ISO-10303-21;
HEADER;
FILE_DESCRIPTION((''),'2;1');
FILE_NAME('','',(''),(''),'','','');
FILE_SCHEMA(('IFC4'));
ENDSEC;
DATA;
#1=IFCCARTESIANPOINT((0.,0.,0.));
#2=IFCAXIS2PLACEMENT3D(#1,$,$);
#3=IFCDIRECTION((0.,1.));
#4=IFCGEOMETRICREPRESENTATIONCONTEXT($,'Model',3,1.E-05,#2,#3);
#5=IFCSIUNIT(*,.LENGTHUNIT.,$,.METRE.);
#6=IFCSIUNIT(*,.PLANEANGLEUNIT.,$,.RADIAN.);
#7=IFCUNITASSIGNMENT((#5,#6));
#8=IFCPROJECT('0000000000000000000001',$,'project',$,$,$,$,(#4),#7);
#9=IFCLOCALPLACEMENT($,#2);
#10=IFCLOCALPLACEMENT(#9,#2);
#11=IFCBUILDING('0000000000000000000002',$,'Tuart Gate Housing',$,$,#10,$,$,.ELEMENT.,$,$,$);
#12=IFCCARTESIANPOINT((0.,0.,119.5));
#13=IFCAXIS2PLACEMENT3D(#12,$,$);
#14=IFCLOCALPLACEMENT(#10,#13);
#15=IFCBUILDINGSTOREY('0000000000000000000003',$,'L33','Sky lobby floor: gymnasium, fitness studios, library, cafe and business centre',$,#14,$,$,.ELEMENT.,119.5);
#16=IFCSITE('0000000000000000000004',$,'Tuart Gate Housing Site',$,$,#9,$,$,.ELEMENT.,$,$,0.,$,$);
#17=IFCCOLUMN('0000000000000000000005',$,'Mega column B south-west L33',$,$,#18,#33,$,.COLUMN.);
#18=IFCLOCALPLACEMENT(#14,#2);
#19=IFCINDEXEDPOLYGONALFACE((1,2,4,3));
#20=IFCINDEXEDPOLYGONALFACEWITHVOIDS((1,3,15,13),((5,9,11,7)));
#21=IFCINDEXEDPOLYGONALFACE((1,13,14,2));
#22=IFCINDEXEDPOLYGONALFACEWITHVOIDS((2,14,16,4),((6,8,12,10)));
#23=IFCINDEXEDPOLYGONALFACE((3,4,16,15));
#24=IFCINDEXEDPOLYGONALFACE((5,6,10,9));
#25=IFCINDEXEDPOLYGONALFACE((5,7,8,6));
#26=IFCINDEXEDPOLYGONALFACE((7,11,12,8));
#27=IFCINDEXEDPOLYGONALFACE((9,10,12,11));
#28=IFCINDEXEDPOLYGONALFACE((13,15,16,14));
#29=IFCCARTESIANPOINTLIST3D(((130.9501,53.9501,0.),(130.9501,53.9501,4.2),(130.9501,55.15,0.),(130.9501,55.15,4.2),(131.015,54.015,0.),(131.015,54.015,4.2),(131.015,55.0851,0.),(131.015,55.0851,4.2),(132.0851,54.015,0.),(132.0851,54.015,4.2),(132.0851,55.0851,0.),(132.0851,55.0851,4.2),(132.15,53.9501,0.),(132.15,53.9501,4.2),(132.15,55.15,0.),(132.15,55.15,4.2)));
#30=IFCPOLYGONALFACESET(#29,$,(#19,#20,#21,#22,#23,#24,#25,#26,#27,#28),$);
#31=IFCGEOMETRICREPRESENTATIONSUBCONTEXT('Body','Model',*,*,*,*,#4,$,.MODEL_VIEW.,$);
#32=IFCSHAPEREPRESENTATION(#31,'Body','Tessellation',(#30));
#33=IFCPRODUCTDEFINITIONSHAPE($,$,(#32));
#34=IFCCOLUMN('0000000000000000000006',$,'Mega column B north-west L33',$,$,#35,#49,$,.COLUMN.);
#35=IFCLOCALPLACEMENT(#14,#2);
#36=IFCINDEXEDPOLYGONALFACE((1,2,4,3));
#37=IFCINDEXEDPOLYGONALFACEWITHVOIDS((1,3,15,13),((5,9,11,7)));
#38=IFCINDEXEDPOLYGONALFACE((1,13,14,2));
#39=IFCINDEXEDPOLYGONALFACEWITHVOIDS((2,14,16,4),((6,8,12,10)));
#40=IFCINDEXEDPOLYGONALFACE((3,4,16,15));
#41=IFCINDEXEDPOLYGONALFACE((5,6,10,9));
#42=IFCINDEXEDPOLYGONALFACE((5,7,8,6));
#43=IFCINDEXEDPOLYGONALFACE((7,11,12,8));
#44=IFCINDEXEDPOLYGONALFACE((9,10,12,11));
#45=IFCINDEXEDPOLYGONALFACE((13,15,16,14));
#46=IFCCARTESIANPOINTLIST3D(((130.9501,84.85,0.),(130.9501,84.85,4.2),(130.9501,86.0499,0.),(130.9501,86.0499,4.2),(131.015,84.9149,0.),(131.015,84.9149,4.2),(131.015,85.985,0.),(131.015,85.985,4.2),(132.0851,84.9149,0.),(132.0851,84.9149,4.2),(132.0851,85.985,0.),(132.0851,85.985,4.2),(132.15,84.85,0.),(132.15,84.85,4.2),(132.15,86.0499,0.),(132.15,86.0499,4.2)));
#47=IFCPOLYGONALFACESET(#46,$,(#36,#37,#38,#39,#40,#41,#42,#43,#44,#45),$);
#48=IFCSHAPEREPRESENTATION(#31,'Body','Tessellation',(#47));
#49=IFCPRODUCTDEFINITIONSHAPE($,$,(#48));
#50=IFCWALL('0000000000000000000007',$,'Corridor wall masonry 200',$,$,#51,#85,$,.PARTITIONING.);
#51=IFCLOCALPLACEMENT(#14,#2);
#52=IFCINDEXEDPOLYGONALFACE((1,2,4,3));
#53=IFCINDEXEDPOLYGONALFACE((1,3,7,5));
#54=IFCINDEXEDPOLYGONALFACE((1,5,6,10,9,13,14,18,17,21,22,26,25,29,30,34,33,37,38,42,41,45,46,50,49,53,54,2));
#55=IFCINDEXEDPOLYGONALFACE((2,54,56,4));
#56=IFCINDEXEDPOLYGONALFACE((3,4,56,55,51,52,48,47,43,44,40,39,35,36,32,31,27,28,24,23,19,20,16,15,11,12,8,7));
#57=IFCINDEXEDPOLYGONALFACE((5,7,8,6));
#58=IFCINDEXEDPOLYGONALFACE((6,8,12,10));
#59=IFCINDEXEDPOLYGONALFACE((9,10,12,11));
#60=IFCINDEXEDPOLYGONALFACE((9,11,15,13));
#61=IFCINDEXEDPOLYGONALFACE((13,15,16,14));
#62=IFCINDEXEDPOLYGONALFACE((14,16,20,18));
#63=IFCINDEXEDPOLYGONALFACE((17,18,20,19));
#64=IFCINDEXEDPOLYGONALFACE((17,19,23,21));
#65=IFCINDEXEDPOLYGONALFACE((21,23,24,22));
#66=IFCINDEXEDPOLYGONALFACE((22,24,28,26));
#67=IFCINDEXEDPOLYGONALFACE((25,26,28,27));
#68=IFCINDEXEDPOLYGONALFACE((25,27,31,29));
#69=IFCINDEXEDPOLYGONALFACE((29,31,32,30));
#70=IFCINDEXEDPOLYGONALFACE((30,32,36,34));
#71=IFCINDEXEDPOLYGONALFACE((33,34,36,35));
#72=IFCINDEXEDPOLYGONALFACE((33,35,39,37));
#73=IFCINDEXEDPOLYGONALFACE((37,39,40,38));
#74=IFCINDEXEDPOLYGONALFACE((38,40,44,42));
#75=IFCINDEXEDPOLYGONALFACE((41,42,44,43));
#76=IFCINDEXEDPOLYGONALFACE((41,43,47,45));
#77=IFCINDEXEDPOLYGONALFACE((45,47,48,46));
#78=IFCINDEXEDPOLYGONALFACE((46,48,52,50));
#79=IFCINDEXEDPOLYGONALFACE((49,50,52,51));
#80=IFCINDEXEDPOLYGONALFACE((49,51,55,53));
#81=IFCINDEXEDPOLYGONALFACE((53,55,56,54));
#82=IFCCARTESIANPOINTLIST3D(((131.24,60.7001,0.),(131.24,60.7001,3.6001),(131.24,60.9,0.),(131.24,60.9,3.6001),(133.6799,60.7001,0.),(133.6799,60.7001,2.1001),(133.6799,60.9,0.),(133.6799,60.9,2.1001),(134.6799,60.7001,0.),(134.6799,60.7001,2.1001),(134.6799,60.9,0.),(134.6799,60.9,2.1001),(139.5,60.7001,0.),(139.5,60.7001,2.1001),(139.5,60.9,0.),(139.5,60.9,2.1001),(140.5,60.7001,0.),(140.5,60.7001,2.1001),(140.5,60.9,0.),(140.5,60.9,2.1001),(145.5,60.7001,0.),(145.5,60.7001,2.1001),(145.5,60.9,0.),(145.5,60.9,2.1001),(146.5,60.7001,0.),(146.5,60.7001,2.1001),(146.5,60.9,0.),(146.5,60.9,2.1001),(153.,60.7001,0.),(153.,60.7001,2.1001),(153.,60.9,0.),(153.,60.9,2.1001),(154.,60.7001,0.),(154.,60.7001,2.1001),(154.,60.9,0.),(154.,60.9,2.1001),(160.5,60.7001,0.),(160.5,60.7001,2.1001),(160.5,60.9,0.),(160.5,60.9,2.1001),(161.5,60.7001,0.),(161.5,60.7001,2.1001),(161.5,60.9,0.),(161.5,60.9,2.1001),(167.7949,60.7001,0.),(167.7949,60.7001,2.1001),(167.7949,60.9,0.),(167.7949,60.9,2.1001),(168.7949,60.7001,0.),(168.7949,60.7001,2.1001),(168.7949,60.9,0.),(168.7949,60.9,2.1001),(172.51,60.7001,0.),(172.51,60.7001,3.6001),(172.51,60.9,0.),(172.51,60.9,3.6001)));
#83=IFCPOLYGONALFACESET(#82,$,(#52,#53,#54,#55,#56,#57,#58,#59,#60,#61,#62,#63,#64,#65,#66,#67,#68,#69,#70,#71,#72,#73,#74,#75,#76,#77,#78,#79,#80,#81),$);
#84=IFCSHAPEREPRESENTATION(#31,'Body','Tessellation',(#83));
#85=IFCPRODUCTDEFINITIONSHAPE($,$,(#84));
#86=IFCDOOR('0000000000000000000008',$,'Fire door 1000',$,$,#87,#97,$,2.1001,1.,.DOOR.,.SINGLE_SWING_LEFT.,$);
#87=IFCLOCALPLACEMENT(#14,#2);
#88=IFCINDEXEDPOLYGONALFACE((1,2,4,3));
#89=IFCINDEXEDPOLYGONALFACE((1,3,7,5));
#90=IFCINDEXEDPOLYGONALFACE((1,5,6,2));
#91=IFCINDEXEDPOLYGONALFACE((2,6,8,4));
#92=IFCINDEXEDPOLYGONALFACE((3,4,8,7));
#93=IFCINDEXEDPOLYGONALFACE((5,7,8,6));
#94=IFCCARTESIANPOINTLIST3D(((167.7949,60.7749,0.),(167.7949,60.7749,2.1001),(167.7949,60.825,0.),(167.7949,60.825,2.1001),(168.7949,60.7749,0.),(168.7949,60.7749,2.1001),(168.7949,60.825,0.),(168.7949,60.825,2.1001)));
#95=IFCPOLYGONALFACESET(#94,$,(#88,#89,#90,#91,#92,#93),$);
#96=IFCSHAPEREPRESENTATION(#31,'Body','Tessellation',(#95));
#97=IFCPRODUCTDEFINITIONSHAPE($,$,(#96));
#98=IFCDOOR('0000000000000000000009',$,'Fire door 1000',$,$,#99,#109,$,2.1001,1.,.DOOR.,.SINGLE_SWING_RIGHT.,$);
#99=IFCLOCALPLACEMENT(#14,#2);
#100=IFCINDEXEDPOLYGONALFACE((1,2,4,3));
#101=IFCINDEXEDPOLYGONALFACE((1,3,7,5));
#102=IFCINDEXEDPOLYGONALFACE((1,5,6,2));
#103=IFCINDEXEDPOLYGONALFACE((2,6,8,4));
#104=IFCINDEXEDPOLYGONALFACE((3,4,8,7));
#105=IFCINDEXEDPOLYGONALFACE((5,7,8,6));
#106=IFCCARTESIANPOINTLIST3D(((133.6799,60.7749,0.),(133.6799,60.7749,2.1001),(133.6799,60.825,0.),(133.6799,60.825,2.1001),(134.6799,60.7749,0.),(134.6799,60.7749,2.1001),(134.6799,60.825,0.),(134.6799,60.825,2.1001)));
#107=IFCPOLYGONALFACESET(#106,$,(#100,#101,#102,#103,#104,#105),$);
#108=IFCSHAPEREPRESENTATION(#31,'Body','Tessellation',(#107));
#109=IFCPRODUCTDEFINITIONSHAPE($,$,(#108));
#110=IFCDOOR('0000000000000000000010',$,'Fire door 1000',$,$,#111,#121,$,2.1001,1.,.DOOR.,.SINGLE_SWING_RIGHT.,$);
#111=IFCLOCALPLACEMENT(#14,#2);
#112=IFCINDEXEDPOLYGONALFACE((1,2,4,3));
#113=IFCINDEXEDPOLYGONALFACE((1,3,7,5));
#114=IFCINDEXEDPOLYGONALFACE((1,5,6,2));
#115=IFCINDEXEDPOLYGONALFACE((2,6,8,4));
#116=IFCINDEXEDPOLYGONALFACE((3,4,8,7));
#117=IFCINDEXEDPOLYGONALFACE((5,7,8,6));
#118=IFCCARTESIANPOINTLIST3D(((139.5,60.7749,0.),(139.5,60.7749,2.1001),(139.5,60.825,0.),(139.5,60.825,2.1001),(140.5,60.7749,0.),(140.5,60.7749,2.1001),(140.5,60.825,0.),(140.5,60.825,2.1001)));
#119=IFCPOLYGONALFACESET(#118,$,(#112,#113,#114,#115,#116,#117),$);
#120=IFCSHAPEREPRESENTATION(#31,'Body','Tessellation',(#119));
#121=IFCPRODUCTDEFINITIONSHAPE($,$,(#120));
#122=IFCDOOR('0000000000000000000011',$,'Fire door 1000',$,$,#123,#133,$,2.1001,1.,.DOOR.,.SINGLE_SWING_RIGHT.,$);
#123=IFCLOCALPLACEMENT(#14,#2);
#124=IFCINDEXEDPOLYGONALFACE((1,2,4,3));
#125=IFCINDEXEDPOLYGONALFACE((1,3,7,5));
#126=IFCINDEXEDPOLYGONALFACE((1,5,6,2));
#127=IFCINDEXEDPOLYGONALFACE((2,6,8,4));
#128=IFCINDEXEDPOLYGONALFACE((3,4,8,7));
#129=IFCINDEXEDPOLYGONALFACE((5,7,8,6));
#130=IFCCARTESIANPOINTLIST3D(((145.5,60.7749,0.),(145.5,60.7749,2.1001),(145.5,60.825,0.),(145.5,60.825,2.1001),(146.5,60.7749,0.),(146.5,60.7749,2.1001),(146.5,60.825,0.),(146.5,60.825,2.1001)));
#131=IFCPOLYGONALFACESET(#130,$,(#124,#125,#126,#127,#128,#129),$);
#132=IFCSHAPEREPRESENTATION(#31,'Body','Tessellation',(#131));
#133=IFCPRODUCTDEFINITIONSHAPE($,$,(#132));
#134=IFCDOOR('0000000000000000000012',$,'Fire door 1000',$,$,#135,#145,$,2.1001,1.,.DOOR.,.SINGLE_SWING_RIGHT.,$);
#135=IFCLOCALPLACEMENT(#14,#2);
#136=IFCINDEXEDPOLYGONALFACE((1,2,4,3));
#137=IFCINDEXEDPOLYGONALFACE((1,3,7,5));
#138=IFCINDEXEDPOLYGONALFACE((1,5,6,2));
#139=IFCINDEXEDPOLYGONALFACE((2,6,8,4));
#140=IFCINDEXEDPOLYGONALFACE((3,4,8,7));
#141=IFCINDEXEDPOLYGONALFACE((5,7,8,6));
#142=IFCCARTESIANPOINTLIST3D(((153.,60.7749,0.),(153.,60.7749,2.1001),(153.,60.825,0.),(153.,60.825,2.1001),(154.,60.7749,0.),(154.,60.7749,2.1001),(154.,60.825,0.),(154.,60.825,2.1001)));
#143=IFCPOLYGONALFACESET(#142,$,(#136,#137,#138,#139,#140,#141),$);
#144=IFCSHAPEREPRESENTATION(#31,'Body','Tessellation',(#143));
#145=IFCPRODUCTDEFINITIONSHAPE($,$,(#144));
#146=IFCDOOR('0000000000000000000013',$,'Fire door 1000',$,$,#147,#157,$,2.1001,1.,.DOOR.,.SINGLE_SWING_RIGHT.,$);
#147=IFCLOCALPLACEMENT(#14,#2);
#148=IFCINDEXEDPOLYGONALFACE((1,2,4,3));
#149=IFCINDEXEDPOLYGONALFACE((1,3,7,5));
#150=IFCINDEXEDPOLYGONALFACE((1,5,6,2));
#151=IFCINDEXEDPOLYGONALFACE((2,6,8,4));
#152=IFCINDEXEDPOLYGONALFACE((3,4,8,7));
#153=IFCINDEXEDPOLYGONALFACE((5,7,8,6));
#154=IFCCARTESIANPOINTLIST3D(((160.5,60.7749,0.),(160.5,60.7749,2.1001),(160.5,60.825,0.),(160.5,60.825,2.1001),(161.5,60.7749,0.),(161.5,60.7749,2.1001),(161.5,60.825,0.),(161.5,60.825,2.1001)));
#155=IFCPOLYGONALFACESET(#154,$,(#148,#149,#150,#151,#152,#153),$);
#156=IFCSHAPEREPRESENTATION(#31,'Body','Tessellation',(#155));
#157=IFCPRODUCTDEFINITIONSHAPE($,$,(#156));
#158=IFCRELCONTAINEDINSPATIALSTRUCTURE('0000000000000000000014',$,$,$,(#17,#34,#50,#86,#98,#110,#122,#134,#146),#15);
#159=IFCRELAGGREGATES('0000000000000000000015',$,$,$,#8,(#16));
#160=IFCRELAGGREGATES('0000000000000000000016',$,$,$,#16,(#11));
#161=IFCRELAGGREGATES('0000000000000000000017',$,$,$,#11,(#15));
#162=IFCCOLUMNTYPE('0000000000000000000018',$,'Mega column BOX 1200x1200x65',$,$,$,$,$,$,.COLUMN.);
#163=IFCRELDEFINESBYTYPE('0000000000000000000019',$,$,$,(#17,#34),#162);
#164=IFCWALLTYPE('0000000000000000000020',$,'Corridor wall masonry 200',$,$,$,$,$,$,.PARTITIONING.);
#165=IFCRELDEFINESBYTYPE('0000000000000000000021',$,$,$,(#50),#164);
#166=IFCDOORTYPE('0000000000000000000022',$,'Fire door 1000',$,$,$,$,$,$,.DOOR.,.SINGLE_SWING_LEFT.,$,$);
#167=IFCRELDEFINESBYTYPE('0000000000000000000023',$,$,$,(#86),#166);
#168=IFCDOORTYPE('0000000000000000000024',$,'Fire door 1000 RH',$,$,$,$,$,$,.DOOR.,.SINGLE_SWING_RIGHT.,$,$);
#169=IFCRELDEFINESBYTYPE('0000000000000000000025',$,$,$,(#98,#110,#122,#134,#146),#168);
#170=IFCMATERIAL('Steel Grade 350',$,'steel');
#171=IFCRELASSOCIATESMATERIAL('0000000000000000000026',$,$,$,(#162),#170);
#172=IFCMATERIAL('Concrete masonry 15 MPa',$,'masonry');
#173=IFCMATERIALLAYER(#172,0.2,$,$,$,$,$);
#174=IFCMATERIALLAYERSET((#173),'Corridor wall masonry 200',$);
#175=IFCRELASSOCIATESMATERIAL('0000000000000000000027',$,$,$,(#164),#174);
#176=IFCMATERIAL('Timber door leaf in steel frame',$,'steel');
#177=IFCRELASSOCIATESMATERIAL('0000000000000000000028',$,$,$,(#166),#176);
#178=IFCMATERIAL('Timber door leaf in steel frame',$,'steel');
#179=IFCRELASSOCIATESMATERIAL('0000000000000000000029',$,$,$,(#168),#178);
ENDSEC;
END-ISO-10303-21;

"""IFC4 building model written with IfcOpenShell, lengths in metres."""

from ifc_helpers import new_model, si_unit, direction, frame, frame_2d, origin, origin_2d, place, context, subcontext, project, spatial, rectangle, hollow_rectangle, extrude, material, layer, layer_set, material_profile, profile_set, type_object, element, fill, save


model = new_model("IFC4")

# Units and contexts
model_context = context("Model", 3, precision=1e-05, world=origin(), true_north=direction((0.0, 1.0)))
body_context = subcontext(model_context, "Body", "Model", "MODEL_VIEW")
ifc_project = project(units=[si_unit("LENGTHUNIT", "METRE"), si_unit("PLANEANGLEUNIT", "RADIAN")], contexts=[model_context])

# Site, building, storey
site_placement = place(None, origin())
site = spatial("IfcSite", under=ifc_project, at=site_placement, Name="Tuart Gate Housing Site", CompositionType="ELEMENT", RefElevation=0.0)
building_placement = place(site_placement, origin())
building = spatial("IfcBuilding", under=site, at=building_placement, Name="Tuart Gate Housing", CompositionType="ELEMENT")
storey_placement = place(building_placement, frame((0.0, 0.0, 119.5)))
storey = spatial("IfcBuildingStorey", under=building, at=storey_placement, Name="L33", Description="Sky lobby floor: gymnasium, fitness studios, library, cafe and business centre", CompositionType="ELEMENT", Elevation=119.5)

# Columns
ifc_material_1 = material(Name="Steel Grade 350", Category="steel")
ifc_material_profile = material_profile(ifc_material_1, hollow_rectangle(XDim=1.2, YDim=1.2, WallThickness=0.0649, at=origin_2d()), Name="BOX 1200x1200x65")
ifc_profile_set = profile_set([ifc_material_profile], Name="Steel Grade 350")
column_type = type_object("IfcColumnType", Name="Mega column BOX 1200x1200x65", PredefinedType="COLUMN", material=ifc_profile_set)
for number, where, z_axis, x_axis, name in (
    (1, (131.55, 54.55, 0.0), (0.0, 0.0, 1.0), (1.0, 0.0, 0.0), "Mega column B south-west L33"),
    (2, (131.55, 85.45, 0.0), (0.0, 0.0, 1.0), (1.0, 0.0, 0.0), "Mega column B north-west L33"),
):
    element("IfcColumn", number, at=place(storey_placement, frame(where, z_axis=z_axis, x_axis=x_axis)), inside=storey, type_object=column_type, Name=name, PredefinedType="COLUMN", context=body_context, shape_type="SweptSolid", body=[
        extrude(hollow_rectangle(XDim=1.2, YDim=1.2, WallThickness=0.0649, at=origin_2d()), origin(), (0.0, 0.0, 1.0), 4.2),
    ])

# Wall, openings, doors
ifc_material_2 = material(Name="Concrete masonry 15 MPa", Category="masonry")
ifc_layer = layer(ifc_material_2, 0.2)
ifc_layer_set = layer_set([ifc_layer], Name="Corridor wall masonry 200")
wall_type = type_object("IfcWallType", Name="Corridor wall masonry 200", PredefinedType="PARTITIONING", material=ifc_layer_set)
wall_1_placement = place(storey_placement, frame((131.24, 60.8, 0.0), z_axis=(0.0, 0.0, 1.0), x_axis=(1.0, 0.0, 0.0)))
wall_1 = element("IfcWall", 3, at=wall_1_placement, inside=storey, type_object=wall_type, Name="Corridor wall masonry 200", PredefinedType="PARTITIONING", context=body_context, shape_type="SweptSolid", body=[
    extrude(rectangle(XDim=41.27, YDim=0.2, at=frame_2d((20.635, 0.0))), origin(), (0.0, 0.0, 1.0), 3.6001),
])
opening_1_placement = place(wall_1_placement, frame((2.4399, 0.0, 0.0)))
opening_1 = element("IfcOpeningElement", 4, at=opening_1_placement, cuts=wall_1, PredefinedType="OPENING", context=body_context, shape_type="SweptSolid", body=[
    extrude(rectangle(XDim=1.0, YDim=2.1001, at=frame_2d((0.5, 1.05))), frame((0.0, 0.1099, 0.0), z_axis=(0.0, -1.0, 0.0), x_axis=(1.0, 0.0, 0.0)), (0.0, 0.0, 1.0), 0.22),
])
opening_2_placement = place(wall_1_placement, frame((8.26, 0.0, 0.0)))
opening_2 = element("IfcOpeningElement", 5, at=opening_2_placement, cuts=wall_1, PredefinedType="OPENING", context=body_context, shape_type="SweptSolid", body=[
    extrude(rectangle(XDim=1.0, YDim=2.1001, at=frame_2d((0.5, 1.05))), frame((0.0, 0.1099, 0.0), z_axis=(0.0, -1.0, 0.0), x_axis=(1.0, 0.0, 0.0)), (0.0, 0.0, 1.0), 0.22),
])
opening_3_placement = place(wall_1_placement, frame((14.26, 0.0, 0.0)))
opening_3 = element("IfcOpeningElement", 6, at=opening_3_placement, cuts=wall_1, PredefinedType="OPENING", context=body_context, shape_type="SweptSolid", body=[
    extrude(rectangle(XDim=1.0, YDim=2.1001, at=frame_2d((0.5, 1.05))), frame((0.0, 0.1099, 0.0), z_axis=(0.0, -1.0, 0.0), x_axis=(1.0, 0.0, 0.0)), (0.0, 0.0, 1.0), 0.22),
])
opening_4_placement = place(wall_1_placement, frame((21.76, 0.0, 0.0)))
opening_4 = element("IfcOpeningElement", 7, at=opening_4_placement, cuts=wall_1, PredefinedType="OPENING", context=body_context, shape_type="SweptSolid", body=[
    extrude(rectangle(XDim=1.0, YDim=2.1001, at=frame_2d((0.5, 1.05))), frame((0.0, 0.1099, 0.0), z_axis=(0.0, -1.0, 0.0), x_axis=(1.0, 0.0, 0.0)), (0.0, 0.0, 1.0), 0.22),
])
opening_5_placement = place(wall_1_placement, frame((29.26, 0.0, 0.0)))
opening_5 = element("IfcOpeningElement", 8, at=opening_5_placement, cuts=wall_1, PredefinedType="OPENING", context=body_context, shape_type="SweptSolid", body=[
    extrude(rectangle(XDim=1.0, YDim=2.1001, at=frame_2d((0.5, 1.05))), frame((0.0, 0.1099, 0.0), z_axis=(0.0, -1.0, 0.0), x_axis=(1.0, 0.0, 0.0)), (0.0, 0.0, 1.0), 0.22),
])
opening_6_placement = place(wall_1_placement, frame((36.5549, 0.0, 0.0)))
opening_6 = element("IfcOpeningElement", 9, at=opening_6_placement, cuts=wall_1, PredefinedType="OPENING", context=body_context, shape_type="SweptSolid", body=[
    extrude(rectangle(XDim=1.0, YDim=2.1001, at=frame_2d((0.5, 1.05))), frame((0.0, 0.1099, 0.0), z_axis=(0.0, -1.0, 0.0), x_axis=(1.0, 0.0, 0.0)), (0.0, 0.0, 1.0), 0.22),
])
ifc_material_3 = material(Name="Timber door leaf in steel frame", Category="steel")
door_type_1 = type_object("IfcDoorType", Name="Fire door 1000", OperationType="SINGLE_SWING_LEFT", PredefinedType="DOOR", material=ifc_material_3)
door_1_placement = place(opening_6_placement, frame((1.0, 0.0, 0.0), z_axis=(0.0, 0.0, 1.0), x_axis=(-1.0, 0.0, 0.0)))
door_1 = element("IfcDoor", 10, at=door_1_placement, inside=storey, type_object=door_type_1, Name="Fire door 1000", OperationType="SINGLE_SWING_LEFT", OverallHeight=2.1001, OverallWidth=1.0, PredefinedType="DOOR", context=body_context, shape_type="SweptSolid", body=[
    extrude(rectangle(XDim=1.0, YDim=2.1001, at=frame_2d((0.5, 1.05))), frame((0.0, 0.0251, 0.0), z_axis=(0.0, -1.0, 0.0), x_axis=(1.0, 0.0, 0.0)), (0.0, 0.0, 1.0), 0.05),
])
fill(opening_6, door_1)
ifc_material_4 = material(Name="Timber door leaf in steel frame", Category="steel")
door_type_2 = type_object("IfcDoorType", Name="Fire door 1000 RH", OperationType="SINGLE_SWING_RIGHT", PredefinedType="DOOR", material=ifc_material_4)
door_2_placement = place(opening_1_placement, frame((1.0, 0.0, 0.0), z_axis=(0.0, 0.0, 1.0), x_axis=(-1.0, 0.0, 0.0)))
door_2 = element("IfcDoor", 11, at=door_2_placement, inside=storey, type_object=door_type_2, Name="Fire door 1000", OperationType="SINGLE_SWING_RIGHT", OverallHeight=2.1001, OverallWidth=1.0, PredefinedType="DOOR", context=body_context, shape_type="SweptSolid", body=[
    extrude(rectangle(XDim=1.0, YDim=2.1001, at=frame_2d((0.5, 1.05))), frame((0.0, 0.0251, 0.0), z_axis=(0.0, -1.0, 0.0), x_axis=(1.0, 0.0, 0.0)), (0.0, 0.0, 1.0), 0.05),
])
fill(opening_1, door_2)
door_3_placement = place(opening_2_placement, frame((1.0, 0.0, 0.0), z_axis=(0.0, 0.0, 1.0), x_axis=(-1.0, 0.0, 0.0)))
door_3 = element("IfcDoor", 12, at=door_3_placement, inside=storey, type_object=door_type_2, Name="Fire door 1000", OperationType="SINGLE_SWING_RIGHT", OverallHeight=2.1001, OverallWidth=1.0, PredefinedType="DOOR", context=body_context, shape_type="SweptSolid", body=[
    extrude(rectangle(XDim=1.0, YDim=2.1001, at=frame_2d((0.5, 1.05))), frame((0.0, 0.0251, 0.0), z_axis=(0.0, -1.0, 0.0), x_axis=(1.0, 0.0, 0.0)), (0.0, 0.0, 1.0), 0.05),
])
fill(opening_2, door_3)
door_4_placement = place(opening_3_placement, frame((1.0, 0.0, 0.0), z_axis=(0.0, 0.0, 1.0), x_axis=(-1.0, 0.0, 0.0)))
door_4 = element("IfcDoor", 13, at=door_4_placement, inside=storey, type_object=door_type_2, Name="Fire door 1000", OperationType="SINGLE_SWING_RIGHT", OverallHeight=2.1001, OverallWidth=1.0, PredefinedType="DOOR", context=body_context, shape_type="SweptSolid", body=[
    extrude(rectangle(XDim=1.0, YDim=2.1001, at=frame_2d((0.5, 1.05))), frame((0.0, 0.0251, 0.0), z_axis=(0.0, -1.0, 0.0), x_axis=(1.0, 0.0, 0.0)), (0.0, 0.0, 1.0), 0.05),
])
fill(opening_3, door_4)
door_5_placement = place(opening_4_placement, frame((1.0, 0.0, 0.0), z_axis=(0.0, 0.0, 1.0), x_axis=(-1.0, 0.0, 0.0)))
door_5 = element("IfcDoor", 14, at=door_5_placement, inside=storey, type_object=door_type_2, Name="Fire door 1000", OperationType="SINGLE_SWING_RIGHT", OverallHeight=2.1001, OverallWidth=1.0, PredefinedType="DOOR", context=body_context, shape_type="SweptSolid", body=[
    extrude(rectangle(XDim=1.0, YDim=2.1001, at=frame_2d((0.5, 1.05))), frame((0.0, 0.0251, 0.0), z_axis=(0.0, -1.0, 0.0), x_axis=(1.0, 0.0, 0.0)), (0.0, 0.0, 1.0), 0.05),
])
fill(opening_4, door_5)
door_6_placement = place(opening_5_placement, frame((1.0, 0.0, 0.0), z_axis=(0.0, 0.0, 1.0), x_axis=(-1.0, 0.0, 0.0)))
door_6 = element("IfcDoor", 15, at=door_6_placement, inside=storey, type_object=door_type_2, Name="Fire door 1000", OperationType="SINGLE_SWING_RIGHT", OverallHeight=2.1001, OverallWidth=1.0, PredefinedType="DOOR", context=body_context, shape_type="SweptSolid", body=[
    extrude(rectangle(XDim=1.0, YDim=2.1001, at=frame_2d((0.5, 1.05))), frame((0.0, 0.0251, 0.0), z_axis=(0.0, -1.0, 0.0), x_axis=(1.0, 0.0, 0.0)), (0.0, 0.0, 1.0), 0.05),
])
fill(opening_5, door_6)

save(model, "model.ifc")
